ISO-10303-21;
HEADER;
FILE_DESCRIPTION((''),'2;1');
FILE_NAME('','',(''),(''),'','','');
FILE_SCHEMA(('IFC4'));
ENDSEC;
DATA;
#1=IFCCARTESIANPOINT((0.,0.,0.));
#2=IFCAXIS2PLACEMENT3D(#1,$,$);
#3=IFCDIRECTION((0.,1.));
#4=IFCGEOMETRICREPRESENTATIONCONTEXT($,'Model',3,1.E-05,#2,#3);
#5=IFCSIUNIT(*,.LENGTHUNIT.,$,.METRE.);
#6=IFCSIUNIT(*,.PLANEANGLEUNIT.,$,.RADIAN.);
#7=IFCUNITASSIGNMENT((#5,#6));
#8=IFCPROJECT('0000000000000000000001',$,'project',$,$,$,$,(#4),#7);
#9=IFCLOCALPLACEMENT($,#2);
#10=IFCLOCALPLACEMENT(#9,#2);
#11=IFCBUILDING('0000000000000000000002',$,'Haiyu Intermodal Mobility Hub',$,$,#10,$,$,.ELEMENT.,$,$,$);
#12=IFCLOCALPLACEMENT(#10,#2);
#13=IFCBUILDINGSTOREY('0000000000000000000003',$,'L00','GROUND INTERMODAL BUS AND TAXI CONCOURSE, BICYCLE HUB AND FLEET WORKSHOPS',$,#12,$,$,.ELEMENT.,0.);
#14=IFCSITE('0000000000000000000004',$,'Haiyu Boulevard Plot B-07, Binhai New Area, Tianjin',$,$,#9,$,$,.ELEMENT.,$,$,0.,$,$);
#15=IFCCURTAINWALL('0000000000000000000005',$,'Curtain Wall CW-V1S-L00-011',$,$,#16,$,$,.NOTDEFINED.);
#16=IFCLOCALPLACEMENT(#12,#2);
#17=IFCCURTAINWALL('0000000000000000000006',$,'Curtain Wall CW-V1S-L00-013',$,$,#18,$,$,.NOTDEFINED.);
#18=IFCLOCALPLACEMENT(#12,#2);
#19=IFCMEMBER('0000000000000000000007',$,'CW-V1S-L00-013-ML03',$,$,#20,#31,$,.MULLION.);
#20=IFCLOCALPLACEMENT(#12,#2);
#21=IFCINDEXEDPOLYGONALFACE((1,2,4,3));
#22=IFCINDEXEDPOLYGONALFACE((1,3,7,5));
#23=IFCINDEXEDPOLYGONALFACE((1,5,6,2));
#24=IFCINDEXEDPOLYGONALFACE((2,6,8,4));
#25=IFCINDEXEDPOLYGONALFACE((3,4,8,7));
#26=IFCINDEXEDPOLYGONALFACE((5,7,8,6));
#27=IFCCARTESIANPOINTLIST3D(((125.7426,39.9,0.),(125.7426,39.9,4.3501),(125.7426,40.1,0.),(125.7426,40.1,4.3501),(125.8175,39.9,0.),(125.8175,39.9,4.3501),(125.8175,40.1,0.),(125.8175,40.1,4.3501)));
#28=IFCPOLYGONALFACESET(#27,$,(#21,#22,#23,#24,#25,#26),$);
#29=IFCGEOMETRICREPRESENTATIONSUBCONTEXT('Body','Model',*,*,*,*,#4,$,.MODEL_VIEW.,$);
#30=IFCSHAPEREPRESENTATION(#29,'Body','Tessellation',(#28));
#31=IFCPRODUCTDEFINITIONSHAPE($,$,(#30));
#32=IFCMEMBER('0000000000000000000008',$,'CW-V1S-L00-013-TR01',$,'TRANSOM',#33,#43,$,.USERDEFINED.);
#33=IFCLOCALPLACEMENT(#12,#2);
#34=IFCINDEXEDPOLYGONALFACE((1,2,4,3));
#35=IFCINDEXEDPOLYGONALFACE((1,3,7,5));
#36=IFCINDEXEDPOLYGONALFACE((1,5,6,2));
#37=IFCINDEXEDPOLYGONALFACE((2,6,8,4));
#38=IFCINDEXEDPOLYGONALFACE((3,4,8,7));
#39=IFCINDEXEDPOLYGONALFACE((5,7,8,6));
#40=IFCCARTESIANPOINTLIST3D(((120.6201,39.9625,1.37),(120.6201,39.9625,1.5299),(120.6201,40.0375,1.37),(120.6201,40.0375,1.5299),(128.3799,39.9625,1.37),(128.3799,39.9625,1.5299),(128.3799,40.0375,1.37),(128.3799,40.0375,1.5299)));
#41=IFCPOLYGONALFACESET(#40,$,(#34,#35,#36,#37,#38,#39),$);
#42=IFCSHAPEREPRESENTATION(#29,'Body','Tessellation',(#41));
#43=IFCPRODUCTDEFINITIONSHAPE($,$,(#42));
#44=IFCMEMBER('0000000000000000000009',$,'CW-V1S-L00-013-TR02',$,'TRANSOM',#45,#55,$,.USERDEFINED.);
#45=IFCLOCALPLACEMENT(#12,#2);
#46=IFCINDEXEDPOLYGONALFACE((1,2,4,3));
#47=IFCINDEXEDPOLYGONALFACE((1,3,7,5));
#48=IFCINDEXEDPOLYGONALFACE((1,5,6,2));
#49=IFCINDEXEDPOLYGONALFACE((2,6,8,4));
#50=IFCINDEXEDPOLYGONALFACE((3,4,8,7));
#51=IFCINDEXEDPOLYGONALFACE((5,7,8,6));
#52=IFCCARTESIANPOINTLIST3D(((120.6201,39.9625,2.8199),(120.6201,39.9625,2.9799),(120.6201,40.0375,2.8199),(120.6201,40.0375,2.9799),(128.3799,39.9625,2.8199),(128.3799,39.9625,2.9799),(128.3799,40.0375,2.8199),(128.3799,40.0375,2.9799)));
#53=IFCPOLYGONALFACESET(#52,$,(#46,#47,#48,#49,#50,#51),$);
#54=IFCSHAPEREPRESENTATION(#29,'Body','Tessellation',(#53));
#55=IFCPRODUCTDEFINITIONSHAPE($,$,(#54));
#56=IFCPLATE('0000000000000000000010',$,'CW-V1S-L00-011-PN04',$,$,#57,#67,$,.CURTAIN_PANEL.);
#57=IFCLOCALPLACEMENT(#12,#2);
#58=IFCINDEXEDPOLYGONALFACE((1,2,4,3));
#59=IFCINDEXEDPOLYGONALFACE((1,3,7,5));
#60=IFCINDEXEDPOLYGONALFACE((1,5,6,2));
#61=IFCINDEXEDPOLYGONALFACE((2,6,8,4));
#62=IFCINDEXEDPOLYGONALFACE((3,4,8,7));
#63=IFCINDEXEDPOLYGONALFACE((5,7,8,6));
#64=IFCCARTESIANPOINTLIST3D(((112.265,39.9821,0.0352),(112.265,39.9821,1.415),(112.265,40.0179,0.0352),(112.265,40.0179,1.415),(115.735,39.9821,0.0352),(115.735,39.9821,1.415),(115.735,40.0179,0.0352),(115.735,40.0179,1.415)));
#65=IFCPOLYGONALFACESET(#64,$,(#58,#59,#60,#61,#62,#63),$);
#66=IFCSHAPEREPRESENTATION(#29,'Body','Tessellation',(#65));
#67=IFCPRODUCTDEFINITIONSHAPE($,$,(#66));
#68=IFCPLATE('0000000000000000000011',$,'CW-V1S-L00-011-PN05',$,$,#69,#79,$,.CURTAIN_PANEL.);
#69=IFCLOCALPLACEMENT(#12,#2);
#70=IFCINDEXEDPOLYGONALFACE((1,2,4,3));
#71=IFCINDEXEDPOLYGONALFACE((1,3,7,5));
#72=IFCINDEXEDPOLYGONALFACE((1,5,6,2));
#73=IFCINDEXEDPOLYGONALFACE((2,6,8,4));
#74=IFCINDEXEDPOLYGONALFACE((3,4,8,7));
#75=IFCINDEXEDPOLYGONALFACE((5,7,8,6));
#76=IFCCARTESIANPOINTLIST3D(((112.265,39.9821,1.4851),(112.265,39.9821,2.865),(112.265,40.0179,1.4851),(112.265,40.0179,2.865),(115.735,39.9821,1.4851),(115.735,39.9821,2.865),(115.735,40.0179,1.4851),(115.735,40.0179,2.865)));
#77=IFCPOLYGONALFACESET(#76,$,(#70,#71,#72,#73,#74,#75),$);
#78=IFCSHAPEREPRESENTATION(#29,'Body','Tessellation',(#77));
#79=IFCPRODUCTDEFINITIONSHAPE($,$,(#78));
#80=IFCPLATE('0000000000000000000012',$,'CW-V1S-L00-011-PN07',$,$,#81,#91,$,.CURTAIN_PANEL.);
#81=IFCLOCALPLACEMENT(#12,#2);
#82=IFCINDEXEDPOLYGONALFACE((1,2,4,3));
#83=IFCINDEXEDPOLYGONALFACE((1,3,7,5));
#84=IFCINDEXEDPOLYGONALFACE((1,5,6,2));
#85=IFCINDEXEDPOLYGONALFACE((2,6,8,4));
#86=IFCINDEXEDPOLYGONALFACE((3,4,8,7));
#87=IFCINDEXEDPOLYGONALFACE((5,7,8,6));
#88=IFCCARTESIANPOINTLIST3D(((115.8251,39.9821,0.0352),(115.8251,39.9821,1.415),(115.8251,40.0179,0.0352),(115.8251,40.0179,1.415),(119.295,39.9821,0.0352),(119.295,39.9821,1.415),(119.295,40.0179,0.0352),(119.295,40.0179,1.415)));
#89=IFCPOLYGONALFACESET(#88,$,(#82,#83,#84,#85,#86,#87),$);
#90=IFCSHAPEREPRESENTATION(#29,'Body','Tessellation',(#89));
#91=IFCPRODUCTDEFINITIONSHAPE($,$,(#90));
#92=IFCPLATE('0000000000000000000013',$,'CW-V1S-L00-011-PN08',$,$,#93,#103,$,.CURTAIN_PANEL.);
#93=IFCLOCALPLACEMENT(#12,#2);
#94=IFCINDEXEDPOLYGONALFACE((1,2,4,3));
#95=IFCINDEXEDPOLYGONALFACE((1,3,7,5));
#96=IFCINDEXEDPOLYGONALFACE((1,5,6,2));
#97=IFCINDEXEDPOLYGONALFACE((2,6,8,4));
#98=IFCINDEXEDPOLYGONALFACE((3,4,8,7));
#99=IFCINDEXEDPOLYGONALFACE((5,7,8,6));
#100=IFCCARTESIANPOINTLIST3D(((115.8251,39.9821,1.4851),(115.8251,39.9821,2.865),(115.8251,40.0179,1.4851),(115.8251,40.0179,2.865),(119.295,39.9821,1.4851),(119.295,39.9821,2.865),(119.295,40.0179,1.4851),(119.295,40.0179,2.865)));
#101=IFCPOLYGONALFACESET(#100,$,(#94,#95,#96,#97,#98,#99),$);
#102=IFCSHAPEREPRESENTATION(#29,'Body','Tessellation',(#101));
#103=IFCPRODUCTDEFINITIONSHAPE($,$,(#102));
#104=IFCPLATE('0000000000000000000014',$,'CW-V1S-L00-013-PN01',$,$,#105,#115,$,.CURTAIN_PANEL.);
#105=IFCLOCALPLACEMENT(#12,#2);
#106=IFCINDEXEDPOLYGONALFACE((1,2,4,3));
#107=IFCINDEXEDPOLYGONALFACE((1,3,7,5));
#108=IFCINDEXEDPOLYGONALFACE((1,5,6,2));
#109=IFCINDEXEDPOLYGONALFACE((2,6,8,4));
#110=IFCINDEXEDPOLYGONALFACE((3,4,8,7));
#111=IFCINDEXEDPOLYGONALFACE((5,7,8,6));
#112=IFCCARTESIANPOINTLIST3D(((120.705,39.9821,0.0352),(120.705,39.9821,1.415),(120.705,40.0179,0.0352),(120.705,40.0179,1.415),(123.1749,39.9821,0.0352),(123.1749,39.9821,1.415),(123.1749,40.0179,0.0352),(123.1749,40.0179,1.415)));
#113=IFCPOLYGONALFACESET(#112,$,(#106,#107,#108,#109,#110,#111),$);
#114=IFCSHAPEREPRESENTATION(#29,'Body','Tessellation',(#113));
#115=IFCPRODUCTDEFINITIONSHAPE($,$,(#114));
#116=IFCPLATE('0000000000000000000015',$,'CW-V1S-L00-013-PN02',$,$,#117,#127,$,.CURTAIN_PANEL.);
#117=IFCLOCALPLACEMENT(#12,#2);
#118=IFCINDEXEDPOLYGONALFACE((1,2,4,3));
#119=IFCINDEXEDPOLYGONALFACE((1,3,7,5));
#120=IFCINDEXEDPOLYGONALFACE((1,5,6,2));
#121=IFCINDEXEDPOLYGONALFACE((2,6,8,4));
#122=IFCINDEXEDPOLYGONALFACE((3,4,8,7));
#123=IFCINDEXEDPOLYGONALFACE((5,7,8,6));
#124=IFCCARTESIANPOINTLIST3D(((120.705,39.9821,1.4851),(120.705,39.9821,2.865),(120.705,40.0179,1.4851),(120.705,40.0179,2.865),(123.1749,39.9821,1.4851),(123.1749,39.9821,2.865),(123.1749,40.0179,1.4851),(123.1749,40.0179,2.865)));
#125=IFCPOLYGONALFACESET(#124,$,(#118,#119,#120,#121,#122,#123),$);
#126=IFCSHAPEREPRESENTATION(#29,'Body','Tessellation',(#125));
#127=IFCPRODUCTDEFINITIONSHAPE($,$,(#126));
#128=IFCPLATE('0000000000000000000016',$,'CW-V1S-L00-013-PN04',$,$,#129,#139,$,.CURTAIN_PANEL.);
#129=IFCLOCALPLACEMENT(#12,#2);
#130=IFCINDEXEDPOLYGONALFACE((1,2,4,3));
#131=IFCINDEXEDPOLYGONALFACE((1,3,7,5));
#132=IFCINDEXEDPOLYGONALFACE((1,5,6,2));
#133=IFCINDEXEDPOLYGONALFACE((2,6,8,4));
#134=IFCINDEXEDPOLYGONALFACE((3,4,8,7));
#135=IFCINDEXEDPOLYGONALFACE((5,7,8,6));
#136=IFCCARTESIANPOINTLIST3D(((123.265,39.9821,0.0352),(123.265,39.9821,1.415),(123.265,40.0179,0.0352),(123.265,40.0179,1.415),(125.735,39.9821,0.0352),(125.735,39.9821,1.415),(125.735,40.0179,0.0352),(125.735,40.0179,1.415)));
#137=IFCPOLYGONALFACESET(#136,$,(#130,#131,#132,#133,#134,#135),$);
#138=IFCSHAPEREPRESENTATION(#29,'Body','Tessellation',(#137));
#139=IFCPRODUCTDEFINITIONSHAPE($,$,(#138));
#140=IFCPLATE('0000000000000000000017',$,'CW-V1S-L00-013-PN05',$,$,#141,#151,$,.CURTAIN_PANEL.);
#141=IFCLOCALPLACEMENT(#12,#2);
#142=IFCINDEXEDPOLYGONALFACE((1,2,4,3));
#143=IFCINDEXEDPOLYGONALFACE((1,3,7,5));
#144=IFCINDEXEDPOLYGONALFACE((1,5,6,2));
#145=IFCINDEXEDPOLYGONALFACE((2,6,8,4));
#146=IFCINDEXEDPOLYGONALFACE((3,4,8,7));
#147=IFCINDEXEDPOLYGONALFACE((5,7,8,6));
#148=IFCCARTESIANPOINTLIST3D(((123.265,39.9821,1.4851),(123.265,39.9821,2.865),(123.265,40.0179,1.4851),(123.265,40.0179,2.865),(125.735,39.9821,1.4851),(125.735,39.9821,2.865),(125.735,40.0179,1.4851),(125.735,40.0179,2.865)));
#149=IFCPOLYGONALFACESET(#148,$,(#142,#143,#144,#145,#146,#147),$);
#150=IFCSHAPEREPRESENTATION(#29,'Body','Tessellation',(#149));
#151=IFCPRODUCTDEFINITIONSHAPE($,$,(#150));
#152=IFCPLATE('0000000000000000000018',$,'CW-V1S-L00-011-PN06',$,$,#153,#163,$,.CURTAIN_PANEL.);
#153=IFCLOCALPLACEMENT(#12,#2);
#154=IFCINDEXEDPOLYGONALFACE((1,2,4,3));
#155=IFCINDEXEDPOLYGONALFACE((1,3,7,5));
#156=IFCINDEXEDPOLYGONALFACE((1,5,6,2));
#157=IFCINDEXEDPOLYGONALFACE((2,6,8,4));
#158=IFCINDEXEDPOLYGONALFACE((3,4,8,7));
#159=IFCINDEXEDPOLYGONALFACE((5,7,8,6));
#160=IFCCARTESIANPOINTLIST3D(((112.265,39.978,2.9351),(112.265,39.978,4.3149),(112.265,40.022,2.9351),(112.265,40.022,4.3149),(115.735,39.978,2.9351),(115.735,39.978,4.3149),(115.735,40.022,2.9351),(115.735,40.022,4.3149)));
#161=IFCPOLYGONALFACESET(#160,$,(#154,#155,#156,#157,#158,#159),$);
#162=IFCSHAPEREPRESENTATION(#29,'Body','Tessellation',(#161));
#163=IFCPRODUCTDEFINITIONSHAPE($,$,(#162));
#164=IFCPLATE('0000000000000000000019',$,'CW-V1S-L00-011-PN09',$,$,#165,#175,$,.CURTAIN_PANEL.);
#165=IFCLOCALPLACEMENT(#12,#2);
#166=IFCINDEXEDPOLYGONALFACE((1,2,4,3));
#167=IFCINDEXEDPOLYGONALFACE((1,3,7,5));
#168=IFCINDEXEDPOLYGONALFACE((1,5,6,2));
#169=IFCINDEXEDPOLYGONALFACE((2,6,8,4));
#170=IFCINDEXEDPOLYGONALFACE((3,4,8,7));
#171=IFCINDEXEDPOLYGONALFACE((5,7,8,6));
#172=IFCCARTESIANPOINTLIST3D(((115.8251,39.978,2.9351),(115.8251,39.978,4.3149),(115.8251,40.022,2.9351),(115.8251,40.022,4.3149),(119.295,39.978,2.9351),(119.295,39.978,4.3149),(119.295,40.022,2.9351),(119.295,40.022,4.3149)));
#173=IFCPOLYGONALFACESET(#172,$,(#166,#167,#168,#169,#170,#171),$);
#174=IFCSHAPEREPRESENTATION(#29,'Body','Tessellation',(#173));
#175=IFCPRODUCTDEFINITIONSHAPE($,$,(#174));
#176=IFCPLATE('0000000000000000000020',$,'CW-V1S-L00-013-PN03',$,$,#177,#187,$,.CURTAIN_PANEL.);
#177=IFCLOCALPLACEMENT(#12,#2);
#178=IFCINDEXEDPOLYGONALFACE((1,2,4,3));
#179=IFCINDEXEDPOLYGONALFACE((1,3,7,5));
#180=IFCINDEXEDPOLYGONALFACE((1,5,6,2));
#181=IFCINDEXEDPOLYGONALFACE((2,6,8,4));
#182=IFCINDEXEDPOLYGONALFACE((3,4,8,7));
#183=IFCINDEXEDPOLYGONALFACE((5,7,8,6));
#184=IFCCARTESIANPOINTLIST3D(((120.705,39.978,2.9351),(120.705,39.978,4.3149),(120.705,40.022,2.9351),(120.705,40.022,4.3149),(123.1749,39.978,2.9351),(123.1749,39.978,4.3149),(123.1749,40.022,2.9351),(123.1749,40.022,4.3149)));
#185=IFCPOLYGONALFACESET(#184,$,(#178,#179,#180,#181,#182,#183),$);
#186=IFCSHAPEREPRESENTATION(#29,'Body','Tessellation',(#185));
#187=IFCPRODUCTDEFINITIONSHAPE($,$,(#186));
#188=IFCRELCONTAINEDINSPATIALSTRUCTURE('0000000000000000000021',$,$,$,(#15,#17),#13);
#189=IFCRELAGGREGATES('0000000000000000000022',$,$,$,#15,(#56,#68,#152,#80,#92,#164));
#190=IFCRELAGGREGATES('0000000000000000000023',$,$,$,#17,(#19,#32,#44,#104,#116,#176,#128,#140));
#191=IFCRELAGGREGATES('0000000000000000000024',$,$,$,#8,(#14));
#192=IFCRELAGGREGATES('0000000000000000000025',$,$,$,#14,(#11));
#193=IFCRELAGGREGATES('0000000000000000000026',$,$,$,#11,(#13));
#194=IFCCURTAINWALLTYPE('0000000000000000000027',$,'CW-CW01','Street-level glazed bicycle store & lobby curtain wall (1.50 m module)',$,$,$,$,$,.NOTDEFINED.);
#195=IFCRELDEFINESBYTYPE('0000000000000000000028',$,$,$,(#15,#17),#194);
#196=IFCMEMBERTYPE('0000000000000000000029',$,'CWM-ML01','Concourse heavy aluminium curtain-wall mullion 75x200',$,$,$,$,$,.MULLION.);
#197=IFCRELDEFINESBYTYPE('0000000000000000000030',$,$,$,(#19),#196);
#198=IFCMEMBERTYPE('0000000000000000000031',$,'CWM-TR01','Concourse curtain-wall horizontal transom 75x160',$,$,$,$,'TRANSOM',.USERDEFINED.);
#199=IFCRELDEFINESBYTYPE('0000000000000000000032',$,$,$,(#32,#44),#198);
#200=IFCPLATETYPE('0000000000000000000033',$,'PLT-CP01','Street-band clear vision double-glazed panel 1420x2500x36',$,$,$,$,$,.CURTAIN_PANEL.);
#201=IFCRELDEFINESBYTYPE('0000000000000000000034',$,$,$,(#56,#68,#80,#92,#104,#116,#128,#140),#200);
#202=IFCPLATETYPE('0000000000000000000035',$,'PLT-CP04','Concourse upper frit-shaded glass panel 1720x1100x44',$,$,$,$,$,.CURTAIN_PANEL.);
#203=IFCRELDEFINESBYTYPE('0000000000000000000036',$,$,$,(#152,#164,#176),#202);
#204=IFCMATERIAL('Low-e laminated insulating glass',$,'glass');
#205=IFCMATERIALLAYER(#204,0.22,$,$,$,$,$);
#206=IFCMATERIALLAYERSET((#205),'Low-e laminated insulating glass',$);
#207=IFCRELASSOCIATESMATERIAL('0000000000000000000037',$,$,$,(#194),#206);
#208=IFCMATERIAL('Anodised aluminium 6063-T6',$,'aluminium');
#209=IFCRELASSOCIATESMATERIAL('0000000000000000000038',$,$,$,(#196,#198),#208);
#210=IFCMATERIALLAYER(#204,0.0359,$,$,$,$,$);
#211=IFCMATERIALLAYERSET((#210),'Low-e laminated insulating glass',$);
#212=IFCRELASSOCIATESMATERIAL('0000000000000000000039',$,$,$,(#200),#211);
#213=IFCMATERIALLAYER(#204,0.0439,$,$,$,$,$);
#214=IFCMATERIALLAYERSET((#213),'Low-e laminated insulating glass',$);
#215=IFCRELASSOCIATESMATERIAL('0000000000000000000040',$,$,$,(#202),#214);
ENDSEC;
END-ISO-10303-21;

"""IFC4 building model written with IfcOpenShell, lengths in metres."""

from ifc_helpers import new_model, si_unit, direction, frame, origin, origin_2d, place, context, subcontext, project, spatial, rectangle, extrude, material, layer, layer_set, material_profile, profile_set, type_object, element, aggregate, save


model = new_model("IFC4")

# Units and contexts
model_context = context("Model", 3, precision=1e-05, world=origin(), true_north=direction((0.0, 1.0)))
body_context = subcontext(model_context, "Body", "Model", "MODEL_VIEW")
ifc_project = project(units=[si_unit("LENGTHUNIT", "METRE"), si_unit("PLANEANGLEUNIT", "RADIAN")], contexts=[model_context])

# Site, building, storey
site_placement = place(None, origin())
site = spatial("IfcSite", under=ifc_project, at=site_placement, Name="Haiyu Boulevard Plot B-07, Binhai New Area, Tianjin", CompositionType="ELEMENT", RefElevation=0.0)
building_placement = place(site_placement, origin())
building = spatial("IfcBuilding", under=site, at=building_placement, Name="Haiyu Intermodal Mobility Hub", CompositionType="ELEMENT")
storey_placement = place(building_placement, origin())
storey = spatial("IfcBuildingStorey", under=building, at=storey_placement, Name="L00", Description="GROUND INTERMODAL BUS AND TAXI CONCOURSE, BICYCLE HUB AND FLEET WORKSHOPS", CompositionType="ELEMENT", Elevation=0.0)

# Curtain walls, members
ifc_material_1 = material(Name="Low-e laminated insulating glass", Category="glass")
ifc_layer_1 = layer(ifc_material_1, 0.22)
ifc_layer_set_1 = layer_set([ifc_layer_1], Name="Low-e laminated insulating glass")
curtain_wall_type = type_object("IfcCurtainWallType", Name="CW-CW01", Description="Street-level glazed bicycle store & lobby curtain wall (1.50 m module)", PredefinedType="NOTDEFINED", material=ifc_layer_set_1)
curtain_wall_1_placement = place(storey_placement, origin())
curtain_wall_1 = element("IfcCurtainWall", 1, at=curtain_wall_1_placement, inside=storey, type_object=curtain_wall_type, Name="Curtain Wall CW-V1S-L00-011", PredefinedType="NOTDEFINED")
ifc_material_2 = material(Name="Anodised aluminium 6063-T6", Category="aluminium")
ifc_material_profile_1 = material_profile(ifc_material_2, rectangle(XDim=0.075, YDim=0.2, at=origin_2d()), Name="ALU75x200")
ifc_profile_set_1 = profile_set([ifc_material_profile_1], Name="Anodised aluminium 6063-T6")
member_type_1 = type_object("IfcMemberType", Name="CWM-ML01", Description="Concourse heavy aluminium curtain-wall mullion 75x200", PredefinedType="MULLION", material=ifc_profile_set_1)
curtain_wall_2_placement = place(storey_placement, origin())
curtain_wall_2 = element("IfcCurtainWall", 2, at=curtain_wall_2_placement, inside=storey, type_object=curtain_wall_type, Name="Curtain Wall CW-V1S-L00-013", PredefinedType="NOTDEFINED")
member_1_placement = place(storey_placement, frame((125.78, 40.0, 0.0), z_axis=(0.0, 0.0, 1.0), x_axis=(1.0, 0.0, 0.0)))
member_1 = element("IfcMember", 3, at=member_1_placement, type_object=member_type_1, Name="CW-V1S-L00-013-ML03", PredefinedType="MULLION", context=body_context, shape_type="SweptSolid", body=[
    extrude(rectangle(XDim=0.075, YDim=0.2, at=origin_2d()), origin(), (0.0, 0.0, 1.0), 4.3501),
])
ifc_material_profile_2 = material_profile(ifc_material_2, rectangle(XDim=0.075, YDim=0.1599, at=origin_2d()), Name="ALU75x160")
ifc_profile_set_2 = profile_set([ifc_material_profile_2], Name="Anodised aluminium 6063-T6")
member_type_2 = type_object("IfcMemberType", Name="CWM-TR01", Description="Concourse curtain-wall horizontal transom 75x160", ElementType="TRANSOM", PredefinedType="USERDEFINED", material=ifc_profile_set_2)
member_2_placement = place(storey_placement, frame((120.6201, 40.0, 1.45), z_axis=(1.0, 0.0, 0.0), x_axis=(0.0, 1.0, 0.0)))
member_2 = element("IfcMember", 4, at=member_2_placement, type_object=member_type_2, Name="CW-V1S-L00-013-TR01", ObjectType="TRANSOM", PredefinedType="USERDEFINED", context=body_context, shape_type="SweptSolid", body=[
    extrude(rectangle(XDim=0.075, YDim=0.1599, at=origin_2d()), origin(), (0.0, 0.0, 1.0), 7.7598),
])
member_3_placement = place(storey_placement, frame((120.6201, 40.0, 2.8999), z_axis=(1.0, 0.0, 0.0), x_axis=(0.0, 1.0, 0.0)))
member_3 = element("IfcMember", 5, at=member_3_placement, type_object=member_type_2, Name="CW-V1S-L00-013-TR02", ObjectType="TRANSOM", PredefinedType="USERDEFINED", context=body_context, shape_type="SweptSolid", body=[
    extrude(rectangle(XDim=0.075, YDim=0.1599, at=origin_2d()), origin(), (0.0, 0.0, 1.0), 7.7598),
])

# Plates
ifc_layer_2 = layer(ifc_material_1, 0.0359)
ifc_layer_set_2 = layer_set([ifc_layer_2], Name="Low-e laminated insulating glass")
plate_type_1 = type_object("IfcPlateType", Name="PLT-CP01", Description="Street-band clear vision double-glazed panel 1420x2500x36", PredefinedType="CURTAIN_PANEL", material=ifc_layer_set_2)
plate_1_placement = place(storey_placement, frame((114.0, 40.0, 0.0352), z_axis=(0.0, 0.0, 1.0), x_axis=(1.0, 0.0, 0.0)))
plate_1 = element("IfcPlate", 6, at=plate_1_placement, type_object=plate_type_1, Name="CW-V1S-L00-011-PN04", PredefinedType="CURTAIN_PANEL", context=body_context, shape_type="SweptSolid", body=[
    extrude(rectangle(XDim=3.47, YDim=0.0359, at=origin_2d()), origin(), (0.0, 0.0, 1.0), 1.3799),
])
plate_2_placement = place(storey_placement, frame((114.0, 40.0, 1.4851), z_axis=(0.0, 0.0, 1.0), x_axis=(1.0, 0.0, 0.0)))
plate_2 = element("IfcPlate", 7, at=plate_2_placement, type_object=plate_type_1, Name="CW-V1S-L00-011-PN05", PredefinedType="CURTAIN_PANEL", context=body_context, shape_type="SweptSolid", body=[
    extrude(rectangle(XDim=3.47, YDim=0.0359, at=origin_2d()), origin(), (0.0, 0.0, 1.0), 1.3799),
])
plate_3_placement = place(storey_placement, frame((117.5601, 40.0, 0.0352), z_axis=(0.0, 0.0, 1.0), x_axis=(1.0, 0.0, 0.0)))
plate_3 = element("IfcPlate", 8, at=plate_3_placement, type_object=plate_type_1, Name="CW-V1S-L00-011-PN07", PredefinedType="CURTAIN_PANEL", context=body_context, shape_type="SweptSolid", body=[
    extrude(rectangle(XDim=3.47, YDim=0.0359, at=origin_2d()), origin(), (0.0, 0.0, 1.0), 1.3799),
])
plate_4_placement = place(storey_placement, frame((117.5601, 40.0, 1.4851), z_axis=(0.0, 0.0, 1.0), x_axis=(1.0, 0.0, 0.0)))
plate_4 = element("IfcPlate", 9, at=plate_4_placement, type_object=plate_type_1, Name="CW-V1S-L00-011-PN08", PredefinedType="CURTAIN_PANEL", context=body_context, shape_type="SweptSolid", body=[
    extrude(rectangle(XDim=3.47, YDim=0.0359, at=origin_2d()), origin(), (0.0, 0.0, 1.0), 1.3799),
])
plate_5_placement = place(storey_placement, frame((121.9399, 40.0, 0.0352), z_axis=(0.0, 0.0, 1.0), x_axis=(1.0, 0.0, 0.0)))
plate_5 = element("IfcPlate", 10, at=plate_5_placement, type_object=plate_type_1, Name="CW-V1S-L00-013-PN01", PredefinedType="CURTAIN_PANEL", context=body_context, shape_type="SweptSolid", body=[
    extrude(rectangle(XDim=2.47, YDim=0.0359, at=origin_2d()), origin(), (0.0, 0.0, 1.0), 1.3799),
])
plate_6_placement = place(storey_placement, frame((121.9399, 40.0, 1.4851), z_axis=(0.0, 0.0, 1.0), x_axis=(1.0, 0.0, 0.0)))
plate_6 = element("IfcPlate", 11, at=plate_6_placement, type_object=plate_type_1, Name="CW-V1S-L00-013-PN02", PredefinedType="CURTAIN_PANEL", context=body_context, shape_type="SweptSolid", body=[
    extrude(rectangle(XDim=2.47, YDim=0.0359, at=origin_2d()), origin(), (0.0, 0.0, 1.0), 1.3799),
])
plate_7_placement = place(storey_placement, frame((124.5, 40.0, 0.0352), z_axis=(0.0, 0.0, 1.0), x_axis=(1.0, 0.0, 0.0)))
plate_7 = element("IfcPlate", 12, at=plate_7_placement, type_object=plate_type_1, Name="CW-V1S-L00-013-PN04", PredefinedType="CURTAIN_PANEL", context=body_context, shape_type="SweptSolid", body=[
    extrude(rectangle(XDim=2.47, YDim=0.0359, at=origin_2d()), origin(), (0.0, 0.0, 1.0), 1.3799),
])
plate_8_placement = place(storey_placement, frame((124.5, 40.0, 1.4851), z_axis=(0.0, 0.0, 1.0), x_axis=(1.0, 0.0, 0.0)))
plate_8 = element("IfcPlate", 13, at=plate_8_placement, type_object=plate_type_1, Name="CW-V1S-L00-013-PN05", PredefinedType="CURTAIN_PANEL", context=body_context, shape_type="SweptSolid", body=[
    extrude(rectangle(XDim=2.47, YDim=0.0359, at=origin_2d()), origin(), (0.0, 0.0, 1.0), 1.3799),
])
ifc_layer_3 = layer(ifc_material_1, 0.0439)
ifc_layer_set_3 = layer_set([ifc_layer_3], Name="Low-e laminated insulating glass")
plate_type_2 = type_object("IfcPlateType", Name="PLT-CP04", Description="Concourse upper frit-shaded glass panel 1720x1100x44", PredefinedType="CURTAIN_PANEL", material=ifc_layer_set_3)
plate_9_placement = place(storey_placement, frame((114.0, 40.0, 2.9351), z_axis=(0.0, 0.0, 1.0), x_axis=(1.0, 0.0, 0.0)))
plate_9 = element("IfcPlate", 14, at=plate_9_placement, type_object=plate_type_2, Name="CW-V1S-L00-011-PN06", PredefinedType="CURTAIN_PANEL", context=body_context, shape_type="SweptSolid", body=[
    extrude(rectangle(XDim=3.47, YDim=0.0439, at=origin_2d()), origin(), (0.0, 0.0, 1.0), 1.3799),
])
plate_10_placement = place(storey_placement, frame((117.5601, 40.0, 2.9351), z_axis=(0.0, 0.0, 1.0), x_axis=(1.0, 0.0, 0.0)))
plate_10 = element("IfcPlate", 15, at=plate_10_placement, type_object=plate_type_2, Name="CW-V1S-L00-011-PN09", PredefinedType="CURTAIN_PANEL", context=body_context, shape_type="SweptSolid", body=[
    extrude(rectangle(XDim=3.47, YDim=0.0439, at=origin_2d()), origin(), (0.0, 0.0, 1.0), 1.3799),
])
aggregate(curtain_wall_1, [plate_1, plate_2, plate_9, plate_3, plate_4, plate_10])
plate_11_placement = place(storey_placement, frame((121.9399, 40.0, 2.9351), z_axis=(0.0, 0.0, 1.0), x_axis=(1.0, 0.0, 0.0)))
plate_11 = element("IfcPlate", 16, at=plate_11_placement, type_object=plate_type_2, Name="CW-V1S-L00-013-PN03", PredefinedType="CURTAIN_PANEL", context=body_context, shape_type="SweptSolid", body=[
    extrude(rectangle(XDim=2.47, YDim=0.0439, at=origin_2d()), origin(), (0.0, 0.0, 1.0), 1.3799),
])
aggregate(curtain_wall_2, [member_1, member_2, member_3, plate_5, plate_6, plate_11, plate_7, plate_8])

save(model, "model.ifc")
